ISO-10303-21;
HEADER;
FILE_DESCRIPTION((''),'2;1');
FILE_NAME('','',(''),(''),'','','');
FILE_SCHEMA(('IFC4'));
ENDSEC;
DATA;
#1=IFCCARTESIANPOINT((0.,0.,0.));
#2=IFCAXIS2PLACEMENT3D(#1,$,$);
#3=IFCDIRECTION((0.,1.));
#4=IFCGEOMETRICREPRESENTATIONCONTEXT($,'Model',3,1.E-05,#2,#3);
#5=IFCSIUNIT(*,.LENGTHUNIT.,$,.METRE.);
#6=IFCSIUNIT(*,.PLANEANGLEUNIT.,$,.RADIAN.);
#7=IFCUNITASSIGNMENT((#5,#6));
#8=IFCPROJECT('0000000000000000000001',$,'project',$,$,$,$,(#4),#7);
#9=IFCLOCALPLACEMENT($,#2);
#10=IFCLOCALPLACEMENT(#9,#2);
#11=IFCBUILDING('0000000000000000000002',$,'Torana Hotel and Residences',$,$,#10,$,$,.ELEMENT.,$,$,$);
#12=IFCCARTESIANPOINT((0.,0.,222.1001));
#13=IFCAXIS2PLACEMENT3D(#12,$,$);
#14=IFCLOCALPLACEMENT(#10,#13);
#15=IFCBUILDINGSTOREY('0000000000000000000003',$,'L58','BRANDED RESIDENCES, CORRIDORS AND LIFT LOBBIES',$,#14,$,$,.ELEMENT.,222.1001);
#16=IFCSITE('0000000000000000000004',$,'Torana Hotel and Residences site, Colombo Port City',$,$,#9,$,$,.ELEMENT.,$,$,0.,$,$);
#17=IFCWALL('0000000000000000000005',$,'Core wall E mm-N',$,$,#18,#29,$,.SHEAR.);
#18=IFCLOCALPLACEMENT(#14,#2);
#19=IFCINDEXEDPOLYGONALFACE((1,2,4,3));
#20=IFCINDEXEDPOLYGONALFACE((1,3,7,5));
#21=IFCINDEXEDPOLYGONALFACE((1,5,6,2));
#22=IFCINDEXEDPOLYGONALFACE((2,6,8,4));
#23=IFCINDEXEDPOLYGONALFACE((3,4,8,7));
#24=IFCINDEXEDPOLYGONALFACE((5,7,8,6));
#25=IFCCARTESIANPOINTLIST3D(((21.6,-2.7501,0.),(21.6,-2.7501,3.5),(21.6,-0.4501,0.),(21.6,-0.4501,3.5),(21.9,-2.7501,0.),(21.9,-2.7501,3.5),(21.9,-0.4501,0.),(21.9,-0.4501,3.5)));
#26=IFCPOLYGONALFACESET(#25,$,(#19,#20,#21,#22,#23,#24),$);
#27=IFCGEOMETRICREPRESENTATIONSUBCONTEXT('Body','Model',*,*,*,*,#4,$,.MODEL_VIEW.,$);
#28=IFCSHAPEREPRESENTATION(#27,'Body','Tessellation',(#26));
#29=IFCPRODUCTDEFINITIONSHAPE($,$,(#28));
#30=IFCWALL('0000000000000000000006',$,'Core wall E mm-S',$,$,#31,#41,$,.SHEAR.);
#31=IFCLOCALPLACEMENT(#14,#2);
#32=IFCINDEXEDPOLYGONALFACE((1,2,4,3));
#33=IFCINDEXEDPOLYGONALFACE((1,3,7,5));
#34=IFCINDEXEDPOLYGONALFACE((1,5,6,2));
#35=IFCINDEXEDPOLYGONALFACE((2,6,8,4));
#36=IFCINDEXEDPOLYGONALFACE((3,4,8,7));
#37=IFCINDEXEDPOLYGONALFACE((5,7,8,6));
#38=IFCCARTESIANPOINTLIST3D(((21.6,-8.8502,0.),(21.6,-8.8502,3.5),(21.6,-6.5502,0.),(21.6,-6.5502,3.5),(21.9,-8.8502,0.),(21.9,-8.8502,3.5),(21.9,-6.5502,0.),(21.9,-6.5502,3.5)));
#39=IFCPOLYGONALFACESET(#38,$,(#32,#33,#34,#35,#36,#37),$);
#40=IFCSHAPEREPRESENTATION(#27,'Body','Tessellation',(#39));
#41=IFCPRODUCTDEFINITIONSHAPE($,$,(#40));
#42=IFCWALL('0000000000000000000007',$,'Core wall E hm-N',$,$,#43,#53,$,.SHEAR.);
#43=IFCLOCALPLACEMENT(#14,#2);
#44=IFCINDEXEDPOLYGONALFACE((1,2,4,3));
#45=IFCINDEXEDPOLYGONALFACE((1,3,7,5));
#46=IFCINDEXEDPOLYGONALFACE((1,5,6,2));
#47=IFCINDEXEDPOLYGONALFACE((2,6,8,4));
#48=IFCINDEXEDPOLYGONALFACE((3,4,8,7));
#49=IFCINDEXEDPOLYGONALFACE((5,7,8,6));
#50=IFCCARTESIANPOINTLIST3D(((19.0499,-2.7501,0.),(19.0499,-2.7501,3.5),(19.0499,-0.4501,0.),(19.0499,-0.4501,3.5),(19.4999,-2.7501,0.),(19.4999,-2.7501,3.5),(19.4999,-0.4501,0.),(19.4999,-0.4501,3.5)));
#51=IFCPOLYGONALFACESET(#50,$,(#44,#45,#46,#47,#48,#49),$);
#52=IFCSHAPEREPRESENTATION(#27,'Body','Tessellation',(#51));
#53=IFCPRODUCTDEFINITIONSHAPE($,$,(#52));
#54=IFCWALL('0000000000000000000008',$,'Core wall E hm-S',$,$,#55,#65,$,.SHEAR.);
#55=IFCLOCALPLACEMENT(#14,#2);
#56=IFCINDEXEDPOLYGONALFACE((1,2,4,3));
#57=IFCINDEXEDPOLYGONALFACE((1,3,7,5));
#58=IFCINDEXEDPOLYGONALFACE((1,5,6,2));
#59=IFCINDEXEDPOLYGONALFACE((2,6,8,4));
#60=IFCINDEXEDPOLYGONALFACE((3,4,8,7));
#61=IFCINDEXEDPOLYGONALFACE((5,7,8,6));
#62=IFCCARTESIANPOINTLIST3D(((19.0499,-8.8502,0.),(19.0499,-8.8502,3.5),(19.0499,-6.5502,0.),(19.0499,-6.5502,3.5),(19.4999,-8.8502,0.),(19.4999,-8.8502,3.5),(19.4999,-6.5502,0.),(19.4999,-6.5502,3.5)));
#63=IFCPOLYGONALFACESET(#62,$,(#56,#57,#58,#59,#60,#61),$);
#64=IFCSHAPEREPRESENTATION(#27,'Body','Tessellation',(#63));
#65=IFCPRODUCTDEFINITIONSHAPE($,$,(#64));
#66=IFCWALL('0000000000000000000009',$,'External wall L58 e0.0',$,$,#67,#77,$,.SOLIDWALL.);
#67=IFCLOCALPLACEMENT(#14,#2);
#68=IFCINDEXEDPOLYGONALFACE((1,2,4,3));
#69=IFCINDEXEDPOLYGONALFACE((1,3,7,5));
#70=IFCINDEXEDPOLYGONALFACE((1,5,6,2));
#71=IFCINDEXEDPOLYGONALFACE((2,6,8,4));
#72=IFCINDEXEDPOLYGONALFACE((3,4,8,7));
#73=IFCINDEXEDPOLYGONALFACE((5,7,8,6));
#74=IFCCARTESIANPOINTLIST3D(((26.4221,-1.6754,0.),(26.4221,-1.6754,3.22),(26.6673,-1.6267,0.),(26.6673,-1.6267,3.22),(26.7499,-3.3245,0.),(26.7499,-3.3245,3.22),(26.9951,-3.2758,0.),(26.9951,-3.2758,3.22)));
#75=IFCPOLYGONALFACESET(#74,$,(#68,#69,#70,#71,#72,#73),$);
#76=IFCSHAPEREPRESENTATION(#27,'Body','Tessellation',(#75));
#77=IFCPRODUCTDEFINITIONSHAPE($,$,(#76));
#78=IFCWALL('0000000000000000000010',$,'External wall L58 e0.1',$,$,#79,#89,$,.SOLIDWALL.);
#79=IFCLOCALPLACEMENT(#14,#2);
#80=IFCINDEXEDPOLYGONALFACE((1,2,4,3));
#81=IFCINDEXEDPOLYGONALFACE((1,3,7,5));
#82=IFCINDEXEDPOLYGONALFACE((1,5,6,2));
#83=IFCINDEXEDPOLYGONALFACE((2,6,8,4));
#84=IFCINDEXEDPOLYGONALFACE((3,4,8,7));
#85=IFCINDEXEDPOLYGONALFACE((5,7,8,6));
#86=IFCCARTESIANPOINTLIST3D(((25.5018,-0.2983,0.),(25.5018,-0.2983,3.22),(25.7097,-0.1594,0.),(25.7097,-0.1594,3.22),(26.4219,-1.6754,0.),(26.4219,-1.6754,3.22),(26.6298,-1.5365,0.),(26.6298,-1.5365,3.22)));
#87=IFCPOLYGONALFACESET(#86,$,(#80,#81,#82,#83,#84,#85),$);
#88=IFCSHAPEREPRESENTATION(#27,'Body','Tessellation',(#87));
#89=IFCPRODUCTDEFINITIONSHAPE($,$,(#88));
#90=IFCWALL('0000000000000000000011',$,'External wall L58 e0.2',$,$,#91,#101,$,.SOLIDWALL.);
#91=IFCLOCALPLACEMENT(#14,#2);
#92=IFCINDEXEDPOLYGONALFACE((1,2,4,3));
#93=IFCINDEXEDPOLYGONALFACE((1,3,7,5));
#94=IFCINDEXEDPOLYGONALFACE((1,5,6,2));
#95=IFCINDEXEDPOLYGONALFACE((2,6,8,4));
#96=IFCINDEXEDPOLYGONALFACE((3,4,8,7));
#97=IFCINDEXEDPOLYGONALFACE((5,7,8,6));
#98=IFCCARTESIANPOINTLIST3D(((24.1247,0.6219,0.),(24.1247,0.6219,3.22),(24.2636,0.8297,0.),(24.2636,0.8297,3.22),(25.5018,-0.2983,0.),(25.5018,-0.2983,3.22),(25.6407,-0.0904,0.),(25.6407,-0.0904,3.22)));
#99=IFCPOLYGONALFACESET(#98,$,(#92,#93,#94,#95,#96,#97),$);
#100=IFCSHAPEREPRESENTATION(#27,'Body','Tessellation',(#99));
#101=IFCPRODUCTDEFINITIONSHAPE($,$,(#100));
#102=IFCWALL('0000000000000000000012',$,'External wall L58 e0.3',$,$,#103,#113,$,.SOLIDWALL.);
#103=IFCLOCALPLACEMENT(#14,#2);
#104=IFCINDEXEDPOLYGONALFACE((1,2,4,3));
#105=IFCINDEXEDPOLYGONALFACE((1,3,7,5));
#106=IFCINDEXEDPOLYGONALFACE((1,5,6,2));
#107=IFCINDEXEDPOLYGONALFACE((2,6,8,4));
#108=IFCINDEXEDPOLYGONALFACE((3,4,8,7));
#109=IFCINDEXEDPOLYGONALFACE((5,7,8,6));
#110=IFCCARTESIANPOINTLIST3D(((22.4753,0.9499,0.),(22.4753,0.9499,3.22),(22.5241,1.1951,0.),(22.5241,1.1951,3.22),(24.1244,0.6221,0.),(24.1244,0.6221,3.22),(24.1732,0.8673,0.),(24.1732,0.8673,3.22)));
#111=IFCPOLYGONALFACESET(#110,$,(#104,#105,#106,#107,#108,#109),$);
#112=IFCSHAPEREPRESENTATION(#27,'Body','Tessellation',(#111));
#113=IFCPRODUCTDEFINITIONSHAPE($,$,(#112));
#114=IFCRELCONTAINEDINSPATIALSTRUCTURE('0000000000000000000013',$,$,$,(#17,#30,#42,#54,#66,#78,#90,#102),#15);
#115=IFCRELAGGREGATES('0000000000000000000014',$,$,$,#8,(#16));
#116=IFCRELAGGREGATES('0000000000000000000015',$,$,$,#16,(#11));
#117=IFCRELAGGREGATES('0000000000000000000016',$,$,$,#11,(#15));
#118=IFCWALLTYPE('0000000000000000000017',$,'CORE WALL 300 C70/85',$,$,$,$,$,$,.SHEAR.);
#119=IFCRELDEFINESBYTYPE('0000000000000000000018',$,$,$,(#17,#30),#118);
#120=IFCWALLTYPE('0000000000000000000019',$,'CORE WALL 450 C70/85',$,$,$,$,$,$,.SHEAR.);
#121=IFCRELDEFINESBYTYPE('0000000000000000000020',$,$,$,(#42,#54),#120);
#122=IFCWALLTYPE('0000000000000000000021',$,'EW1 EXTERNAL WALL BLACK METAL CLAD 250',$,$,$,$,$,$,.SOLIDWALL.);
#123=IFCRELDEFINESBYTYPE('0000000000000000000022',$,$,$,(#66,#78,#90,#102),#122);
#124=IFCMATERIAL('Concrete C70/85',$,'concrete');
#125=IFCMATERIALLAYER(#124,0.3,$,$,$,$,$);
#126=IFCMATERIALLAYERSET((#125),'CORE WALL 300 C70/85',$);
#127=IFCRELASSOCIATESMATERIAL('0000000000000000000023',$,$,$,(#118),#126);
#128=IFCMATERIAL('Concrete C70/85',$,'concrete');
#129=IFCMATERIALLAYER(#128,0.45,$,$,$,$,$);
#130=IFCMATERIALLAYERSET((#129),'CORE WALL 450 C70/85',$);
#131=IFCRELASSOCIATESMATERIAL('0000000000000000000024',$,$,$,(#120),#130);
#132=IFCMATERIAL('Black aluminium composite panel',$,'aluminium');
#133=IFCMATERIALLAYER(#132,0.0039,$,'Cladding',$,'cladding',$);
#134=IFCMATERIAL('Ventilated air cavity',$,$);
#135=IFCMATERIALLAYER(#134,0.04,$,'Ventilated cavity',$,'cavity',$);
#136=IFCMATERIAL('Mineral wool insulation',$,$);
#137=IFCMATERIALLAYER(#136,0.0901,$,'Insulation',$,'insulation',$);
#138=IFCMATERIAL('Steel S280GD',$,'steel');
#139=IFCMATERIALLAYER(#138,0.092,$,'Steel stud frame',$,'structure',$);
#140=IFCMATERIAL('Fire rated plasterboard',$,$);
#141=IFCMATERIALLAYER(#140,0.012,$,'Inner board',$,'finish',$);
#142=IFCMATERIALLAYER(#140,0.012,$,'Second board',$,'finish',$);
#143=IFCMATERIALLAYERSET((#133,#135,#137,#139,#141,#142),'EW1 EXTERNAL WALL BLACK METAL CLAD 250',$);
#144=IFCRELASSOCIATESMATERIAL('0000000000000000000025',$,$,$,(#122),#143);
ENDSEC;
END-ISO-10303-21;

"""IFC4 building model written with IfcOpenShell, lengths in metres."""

from ifc_helpers import new_model, si_unit, direction, frame, frame_2d, origin, place, context, subcontext, project, spatial, rectangle, extrude, material, layer, layer_set, type_object, element, save


model = new_model("IFC4")

# Units and contexts
model_context = context("Model", 3, precision=1e-05, world=origin(), true_north=direction((0.0, 1.0)))
body_context = subcontext(model_context, "Body", "Model", "MODEL_VIEW")
ifc_project = project(units=[si_unit("LENGTHUNIT", "METRE"), si_unit("PLANEANGLEUNIT", "RADIAN")], contexts=[model_context])

# Site, building, storey
site_placement = place(None, origin())
site = spatial("IfcSite", under=ifc_project, at=site_placement, Name="Torana Hotel and Residences site, Colombo Port City", CompositionType="ELEMENT", RefElevation=0.0)
building_placement = place(site_placement, origin())
building = spatial("IfcBuilding", under=site, at=building_placement, Name="Torana Hotel and Residences", CompositionType="ELEMENT")
storey_placement = place(building_placement, frame((0.0, 0.0, 222.1001)))
storey = spatial("IfcBuildingStorey", under=building, at=storey_placement, Name="L58", Description="BRANDED RESIDENCES, CORRIDORS AND LIFT LOBBIES", CompositionType="ELEMENT", Elevation=222.1001)

# Walls
ifc_material_1 = material(Name="Concrete C70/85", Category="concrete")
ifc_layer_1 = layer(ifc_material_1, 0.3)
ifc_layer_set_1 = layer_set([ifc_layer_1], Name="CORE WALL 300 C70/85")
wall_type_1 = type_object("IfcWallType", Name="CORE WALL 300 C70/85", PredefinedType="SHEAR", material=ifc_layer_set_1)
for number, where, z_axis, x_axis, name in (
    (1, (21.75, -2.75, 0.0), (0.0, 0.0, 1.0), (0.0, 1.0, 0.0), "Core wall E mm-N"),
    (2, (21.75, -8.8501, 0.0), (0.0, 0.0, 1.0), (0.0, 1.0, 0.0), "Core wall E mm-S"),
):
    element("IfcWall", number, at=place(storey_placement, frame(where, z_axis=z_axis, x_axis=x_axis)), inside=storey, type_object=wall_type_1, Name=name, PredefinedType="SHEAR", context=body_context, shape_type="SweptSolid", body=[
        extrude(rectangle(XDim=2.3, YDim=0.3, at=frame_2d((1.1499, 0.0))), origin(), (0.0, 0.0, 1.0), 3.5),
    ])
ifc_material_2 = material(Name="Concrete C70/85", Category="concrete")
ifc_layer_2 = layer(ifc_material_2, 0.45)
ifc_layer_set_2 = layer_set([ifc_layer_2], Name="CORE WALL 450 C70/85")
wall_type_2 = type_object("IfcWallType", Name="CORE WALL 450 C70/85", PredefinedType="SHEAR", material=ifc_layer_set_2)
for number, where, z_axis, x_axis, name in (
    (3, (19.2749, -2.75, 0.0), (0.0, 0.0, 1.0), (0.0, 1.0, 0.0), "Core wall E hm-N"),
    (4, (19.2749, -8.8501, 0.0), (0.0, 0.0, 1.0), (0.0, 1.0, 0.0), "Core wall E hm-S"),
):
    element("IfcWall", number, at=place(storey_placement, frame(where, z_axis=z_axis, x_axis=x_axis)), inside=storey, type_object=wall_type_2, Name=name, PredefinedType="SHEAR", context=body_context, shape_type="SweptSolid", body=[
        extrude(rectangle(XDim=2.3, YDim=0.45, at=frame_2d((1.1499, 0.0))), origin(), (0.0, 0.0, 1.0), 3.5),
    ])
ifc_material_3 = material(Name="Black aluminium composite panel", Category="aluminium")
ifc_layer_3 = layer(ifc_material_3, 0.0039, Name="Cladding", Category="cladding")
ifc_material_4 = material(Name="Ventilated air cavity")
ifc_layer_4 = layer(ifc_material_4, 0.04, Name="Ventilated cavity", Category="cavity")
ifc_material_5 = material(Name="Mineral wool insulation")
ifc_layer_5 = layer(ifc_material_5, 0.0901, Name="Insulation", Category="insulation")
ifc_material_6 = material(Name="Steel S280GD", Category="steel")
ifc_layer_6 = layer(ifc_material_6, 0.092, Name="Steel stud frame", Category="structure")
ifc_material_7 = material(Name="Fire rated plasterboard")
ifc_layer_7 = layer(ifc_material_7, 0.012, Name="Inner board", Category="finish")
ifc_layer_8 = layer(ifc_material_7, 0.012, Name="Second board", Category="finish")
ifc_layer_set_3 = layer_set([ifc_layer_3, ifc_layer_4, ifc_layer_5, ifc_layer_6, ifc_layer_7, ifc_layer_8], Name="EW1 EXTERNAL WALL BLACK METAL CLAD 250")
wall_type_3 = type_object("IfcWallType", Name="EW1 EXTERNAL WALL BLACK METAL CLAD 250", PredefinedType="SOLIDWALL", material=ifc_layer_set_3)
wall_1_placement = place(storey_placement, frame((26.8726, -3.3003, 0.0), z_axis=(0.0, 0.0, 1.0), x_axis=(-0.194999, 0.980803, 0.0)))
element("IfcWall", 5, at=wall_1_placement, inside=storey, type_object=wall_type_3, Name="External wall L58 e0.0", PredefinedType="SOLIDWALL", context=body_context, shape_type="SweptSolid", body=[
    extrude(rectangle(XDim=1.6814, YDim=0.25, at=frame_2d((0.8408, 0.0))), origin(), (0.0, 0.0, 1.0), 3.22),
])
for number, where, z_axis, x_axis, name in (
    (6, (26.5259, -1.606, 0.0), (0.0, 0.0, 1.0), (-0.55555, 0.831483, 0.0), "External wall L58 e0.1"),
    (7, (25.5713, -0.1943, 0.0), (0.0, 0.0, 1.0), (-0.831483, 0.55555, 0.0), "External wall L58 e0.2"),
):
    element("IfcWall", number, at=place(storey_placement, frame(where, z_axis=z_axis, x_axis=x_axis)), inside=storey, type_object=wall_type_3, Name=name, PredefinedType="SOLIDWALL", context=body_context, shape_type="SweptSolid", body=[
        extrude(rectangle(XDim=1.6562, YDim=0.25, at=frame_2d((0.8281, 0.0))), origin(), (0.0, 0.0, 1.0), 3.22),
    ])
wall_2_placement = place(storey_placement, frame((24.1489, 0.7446, 0.0), z_axis=(0.0, 0.0, 1.0), x_axis=(-0.980803, 0.194999, 0.0)))
element("IfcWall", 8, at=wall_2_placement, inside=storey, type_object=wall_type_3, Name="External wall L58 e0.3", PredefinedType="SOLIDWALL", context=body_context, shape_type="SweptSolid", body=[
    extrude(rectangle(XDim=1.6814, YDim=0.25, at=frame_2d((0.8408, 0.0))), origin(), (0.0, 0.0, 1.0), 3.22),
])

save(model, "model.ifc")
